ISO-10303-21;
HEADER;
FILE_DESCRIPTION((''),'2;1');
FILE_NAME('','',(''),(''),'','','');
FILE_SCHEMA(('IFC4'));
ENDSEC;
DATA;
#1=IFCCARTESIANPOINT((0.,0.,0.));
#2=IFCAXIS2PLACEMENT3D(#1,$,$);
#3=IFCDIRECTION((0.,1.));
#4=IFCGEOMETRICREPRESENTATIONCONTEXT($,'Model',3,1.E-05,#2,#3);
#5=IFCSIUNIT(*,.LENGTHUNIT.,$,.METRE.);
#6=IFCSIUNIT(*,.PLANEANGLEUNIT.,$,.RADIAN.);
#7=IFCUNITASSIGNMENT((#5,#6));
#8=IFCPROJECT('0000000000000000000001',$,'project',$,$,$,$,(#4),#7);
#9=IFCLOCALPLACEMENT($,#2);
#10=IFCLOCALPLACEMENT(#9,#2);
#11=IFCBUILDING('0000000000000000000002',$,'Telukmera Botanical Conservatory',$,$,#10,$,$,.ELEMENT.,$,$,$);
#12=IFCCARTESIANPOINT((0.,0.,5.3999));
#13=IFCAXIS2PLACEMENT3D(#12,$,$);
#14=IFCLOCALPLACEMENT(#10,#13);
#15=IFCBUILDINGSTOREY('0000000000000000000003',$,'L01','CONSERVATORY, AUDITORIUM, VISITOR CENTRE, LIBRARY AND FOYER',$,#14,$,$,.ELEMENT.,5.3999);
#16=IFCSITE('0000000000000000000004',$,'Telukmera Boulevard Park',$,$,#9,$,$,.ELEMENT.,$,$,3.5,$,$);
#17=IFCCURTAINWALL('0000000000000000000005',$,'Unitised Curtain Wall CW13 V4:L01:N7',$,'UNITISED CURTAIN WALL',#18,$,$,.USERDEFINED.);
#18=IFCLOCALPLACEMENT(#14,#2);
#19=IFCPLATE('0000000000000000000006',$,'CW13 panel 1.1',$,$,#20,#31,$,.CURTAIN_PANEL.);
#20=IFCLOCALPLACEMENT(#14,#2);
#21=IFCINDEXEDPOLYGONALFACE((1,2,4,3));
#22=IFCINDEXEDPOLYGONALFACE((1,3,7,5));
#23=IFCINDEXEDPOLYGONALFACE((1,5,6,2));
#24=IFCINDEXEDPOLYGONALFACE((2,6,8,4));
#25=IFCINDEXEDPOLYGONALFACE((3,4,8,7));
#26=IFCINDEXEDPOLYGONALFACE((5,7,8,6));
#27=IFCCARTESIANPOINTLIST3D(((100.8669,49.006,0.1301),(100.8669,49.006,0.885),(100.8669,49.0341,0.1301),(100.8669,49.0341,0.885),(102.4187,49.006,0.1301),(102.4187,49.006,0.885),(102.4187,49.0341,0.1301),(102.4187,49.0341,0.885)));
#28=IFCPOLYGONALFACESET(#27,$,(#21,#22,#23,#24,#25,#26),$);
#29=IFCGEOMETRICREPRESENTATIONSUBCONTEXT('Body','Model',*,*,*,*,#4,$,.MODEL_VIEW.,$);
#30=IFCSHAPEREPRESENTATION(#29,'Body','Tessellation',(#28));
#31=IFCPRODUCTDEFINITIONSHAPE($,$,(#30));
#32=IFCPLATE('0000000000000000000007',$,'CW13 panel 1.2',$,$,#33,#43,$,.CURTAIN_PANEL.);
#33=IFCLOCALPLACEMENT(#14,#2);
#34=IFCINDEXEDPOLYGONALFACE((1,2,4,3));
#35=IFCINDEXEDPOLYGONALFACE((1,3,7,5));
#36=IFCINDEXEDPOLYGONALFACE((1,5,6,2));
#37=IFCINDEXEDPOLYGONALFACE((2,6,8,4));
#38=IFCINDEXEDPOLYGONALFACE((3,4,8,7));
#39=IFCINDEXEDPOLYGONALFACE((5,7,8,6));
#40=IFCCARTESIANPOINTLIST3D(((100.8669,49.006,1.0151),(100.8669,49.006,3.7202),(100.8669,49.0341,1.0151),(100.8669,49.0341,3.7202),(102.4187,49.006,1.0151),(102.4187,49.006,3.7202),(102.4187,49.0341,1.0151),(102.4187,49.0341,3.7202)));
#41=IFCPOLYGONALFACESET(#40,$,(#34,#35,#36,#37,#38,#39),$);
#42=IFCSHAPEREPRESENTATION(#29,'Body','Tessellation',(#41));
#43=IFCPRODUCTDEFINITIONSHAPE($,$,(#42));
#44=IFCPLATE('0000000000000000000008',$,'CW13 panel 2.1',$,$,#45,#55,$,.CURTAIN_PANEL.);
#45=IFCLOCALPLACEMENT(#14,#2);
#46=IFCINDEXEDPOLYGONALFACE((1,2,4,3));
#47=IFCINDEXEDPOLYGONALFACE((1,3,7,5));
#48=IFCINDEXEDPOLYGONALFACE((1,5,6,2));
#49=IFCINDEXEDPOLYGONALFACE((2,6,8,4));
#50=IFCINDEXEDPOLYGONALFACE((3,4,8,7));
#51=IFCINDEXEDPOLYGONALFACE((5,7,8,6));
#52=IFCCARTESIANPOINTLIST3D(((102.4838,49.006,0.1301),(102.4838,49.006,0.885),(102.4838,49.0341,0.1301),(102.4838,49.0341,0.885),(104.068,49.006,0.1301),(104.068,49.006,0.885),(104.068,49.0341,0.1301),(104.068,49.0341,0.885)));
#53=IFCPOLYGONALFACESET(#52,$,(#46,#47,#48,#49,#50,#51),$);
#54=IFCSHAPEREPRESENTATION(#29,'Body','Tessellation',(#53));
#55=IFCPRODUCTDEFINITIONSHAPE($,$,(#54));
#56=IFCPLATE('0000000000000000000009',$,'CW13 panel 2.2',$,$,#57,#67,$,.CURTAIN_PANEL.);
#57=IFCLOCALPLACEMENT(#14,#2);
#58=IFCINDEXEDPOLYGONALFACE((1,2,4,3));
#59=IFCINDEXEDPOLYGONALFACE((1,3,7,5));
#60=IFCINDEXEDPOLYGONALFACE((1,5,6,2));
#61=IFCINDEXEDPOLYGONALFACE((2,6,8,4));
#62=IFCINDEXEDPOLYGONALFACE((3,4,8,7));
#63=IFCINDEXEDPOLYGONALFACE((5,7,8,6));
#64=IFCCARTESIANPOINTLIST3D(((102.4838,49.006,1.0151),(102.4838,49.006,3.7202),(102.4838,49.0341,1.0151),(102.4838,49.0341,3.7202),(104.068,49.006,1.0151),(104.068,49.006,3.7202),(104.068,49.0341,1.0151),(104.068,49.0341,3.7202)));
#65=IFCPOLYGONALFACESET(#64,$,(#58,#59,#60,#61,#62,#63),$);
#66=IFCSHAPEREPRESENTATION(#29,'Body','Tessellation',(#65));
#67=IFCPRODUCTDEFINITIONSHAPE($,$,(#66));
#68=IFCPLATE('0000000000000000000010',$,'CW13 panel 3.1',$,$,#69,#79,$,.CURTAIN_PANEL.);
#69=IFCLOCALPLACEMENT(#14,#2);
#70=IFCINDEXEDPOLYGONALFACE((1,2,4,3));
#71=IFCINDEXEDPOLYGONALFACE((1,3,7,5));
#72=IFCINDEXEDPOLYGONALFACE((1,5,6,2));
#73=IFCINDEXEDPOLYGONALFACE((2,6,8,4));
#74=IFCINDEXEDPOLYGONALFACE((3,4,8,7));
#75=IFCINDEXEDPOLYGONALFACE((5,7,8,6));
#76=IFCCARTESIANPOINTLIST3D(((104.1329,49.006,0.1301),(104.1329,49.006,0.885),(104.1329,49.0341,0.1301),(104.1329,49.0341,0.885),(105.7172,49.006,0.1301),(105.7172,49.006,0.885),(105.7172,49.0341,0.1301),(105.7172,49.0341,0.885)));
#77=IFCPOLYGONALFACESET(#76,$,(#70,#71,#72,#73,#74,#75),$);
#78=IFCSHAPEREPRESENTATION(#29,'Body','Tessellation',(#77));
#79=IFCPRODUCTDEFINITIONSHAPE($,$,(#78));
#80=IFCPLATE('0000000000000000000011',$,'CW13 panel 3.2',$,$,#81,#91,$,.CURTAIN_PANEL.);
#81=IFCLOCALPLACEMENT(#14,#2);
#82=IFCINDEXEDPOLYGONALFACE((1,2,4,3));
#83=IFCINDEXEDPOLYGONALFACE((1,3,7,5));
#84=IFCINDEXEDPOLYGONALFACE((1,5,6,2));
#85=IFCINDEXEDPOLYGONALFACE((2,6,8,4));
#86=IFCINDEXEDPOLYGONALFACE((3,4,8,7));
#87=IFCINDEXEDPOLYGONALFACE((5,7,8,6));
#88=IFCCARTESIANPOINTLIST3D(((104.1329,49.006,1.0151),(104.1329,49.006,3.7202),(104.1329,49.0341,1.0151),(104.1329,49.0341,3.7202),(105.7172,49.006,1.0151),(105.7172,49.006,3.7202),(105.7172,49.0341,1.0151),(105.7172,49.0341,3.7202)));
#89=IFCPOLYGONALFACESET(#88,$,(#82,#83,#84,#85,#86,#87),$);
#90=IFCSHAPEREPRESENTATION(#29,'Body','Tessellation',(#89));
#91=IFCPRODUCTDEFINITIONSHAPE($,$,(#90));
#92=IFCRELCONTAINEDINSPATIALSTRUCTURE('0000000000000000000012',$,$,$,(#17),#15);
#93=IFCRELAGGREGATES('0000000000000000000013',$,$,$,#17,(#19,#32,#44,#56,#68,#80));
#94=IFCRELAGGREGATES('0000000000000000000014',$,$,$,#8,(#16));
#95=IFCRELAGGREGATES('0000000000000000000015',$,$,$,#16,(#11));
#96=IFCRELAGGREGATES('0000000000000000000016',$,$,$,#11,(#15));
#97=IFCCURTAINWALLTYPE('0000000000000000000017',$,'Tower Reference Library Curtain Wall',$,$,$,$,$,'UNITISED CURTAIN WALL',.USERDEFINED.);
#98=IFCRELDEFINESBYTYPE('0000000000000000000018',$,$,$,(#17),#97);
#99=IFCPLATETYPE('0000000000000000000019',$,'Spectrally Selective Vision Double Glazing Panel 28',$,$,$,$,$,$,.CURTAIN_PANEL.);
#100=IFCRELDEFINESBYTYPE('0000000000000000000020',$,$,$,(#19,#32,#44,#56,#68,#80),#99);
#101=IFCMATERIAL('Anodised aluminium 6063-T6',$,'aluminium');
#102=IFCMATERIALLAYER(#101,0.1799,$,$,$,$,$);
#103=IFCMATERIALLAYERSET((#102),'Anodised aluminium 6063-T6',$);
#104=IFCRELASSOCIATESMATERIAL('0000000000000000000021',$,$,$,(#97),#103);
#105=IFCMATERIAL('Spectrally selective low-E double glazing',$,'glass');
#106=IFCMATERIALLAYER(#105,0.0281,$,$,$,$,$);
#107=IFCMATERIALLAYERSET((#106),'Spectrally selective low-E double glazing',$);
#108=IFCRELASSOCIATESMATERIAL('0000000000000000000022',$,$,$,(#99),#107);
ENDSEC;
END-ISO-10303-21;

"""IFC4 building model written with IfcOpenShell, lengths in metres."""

from ifc_helpers import new_model, si_unit, direction, frame, origin, origin_2d, place, context, subcontext, project, spatial, rectangle, extrude, material, layer, layer_set, type_object, element, aggregate, save


model = new_model("IFC4")

# Units and contexts
model_context = context("Model", 3, precision=1e-05, world=origin(), true_north=direction((0.0, 1.0)))
body_context = subcontext(model_context, "Body", "Model", "MODEL_VIEW")
ifc_project = project(units=[si_unit("LENGTHUNIT", "METRE"), si_unit("PLANEANGLEUNIT", "RADIAN")], contexts=[model_context])

# Site, building, storey
site_placement = place(None, origin())
site = spatial("IfcSite", under=ifc_project, at=site_placement, Name="Telukmera Boulevard Park", CompositionType="ELEMENT", RefElevation=3.5)
building_placement = place(site_placement, origin())
building = spatial("IfcBuilding", under=site, at=building_placement, Name="Telukmera Botanical Conservatory", CompositionType="ELEMENT")
storey_placement = place(building_placement, frame((0.0, 0.0, 5.3999)))
storey = spatial("IfcBuildingStorey", under=building, at=storey_placement, Name="L01", Description="CONSERVATORY, AUDITORIUM, VISITOR CENTRE, LIBRARY AND FOYER", CompositionType="ELEMENT", Elevation=5.3999)

# Curtain wall, plates
ifc_material_1 = material(Name="Anodised aluminium 6063-T6", Category="aluminium")
ifc_layer_1 = layer(ifc_material_1, 0.1799)
ifc_layer_set_1 = layer_set([ifc_layer_1], Name="Anodised aluminium 6063-T6")
curtain_wall_type = type_object("IfcCurtainWallType", Name="Tower Reference Library Curtain Wall", ElementType="UNITISED CURTAIN WALL", PredefinedType="USERDEFINED", material=ifc_layer_set_1)
curtain_wall_placement = place(storey_placement, origin())
curtain_wall = element("IfcCurtainWall", 1, at=curtain_wall_placement, inside=storey, type_object=curtain_wall_type, Name="Unitised Curtain Wall CW13 V4:L01:N7", ObjectType="UNITISED CURTAIN WALL", PredefinedType="USERDEFINED")
ifc_material_2 = material(Name="Spectrally selective low-E double glazing", Category="glass")
ifc_layer_2 = layer(ifc_material_2, 0.0281)
ifc_layer_set_2 = layer_set([ifc_layer_2], Name="Spectrally selective low-E double glazing")
plate_type = type_object("IfcPlateType", Name="Spectrally Selective Vision Double Glazing Panel 28", PredefinedType="CURTAIN_PANEL", material=ifc_layer_set_2)
plate_1_placement = place(storey_placement, frame((101.6428, 49.02, 0.1301), z_axis=(0.0, 0.0, 1.0), x_axis=(1.0, 0.0, 0.0)))
plate_1 = element("IfcPlate", 2, at=plate_1_placement, type_object=plate_type, Name="CW13 panel 1.1", PredefinedType="CURTAIN_PANEL", context=body_context, shape_type="SweptSolid", body=[
    extrude(rectangle(XDim=1.5518, YDim=0.0281, at=origin_2d()), origin(), (0.0, 0.0, 1.0), 0.7549),
])
plate_2_placement = place(storey_placement, frame((101.6428, 49.02, 1.0151), z_axis=(0.0, 0.0, 1.0), x_axis=(1.0, 0.0, 0.0)))
plate_2 = element("IfcPlate", 3, at=plate_2_placement, type_object=plate_type, Name="CW13 panel 1.2", PredefinedType="CURTAIN_PANEL", context=body_context, shape_type="SweptSolid", body=[
    extrude(rectangle(XDim=1.5518, YDim=0.0281, at=origin_2d()), origin(), (0.0, 0.0, 1.0), 2.7051),
])
plate_3_placement = place(storey_placement, frame((103.2759, 49.02, 0.1301), z_axis=(0.0, 0.0, 1.0), x_axis=(1.0, 0.0, 0.0)))
plate_3 = element("IfcPlate", 4, at=plate_3_placement, type_object=plate_type, Name="CW13 panel 2.1", PredefinedType="CURTAIN_PANEL", context=body_context, shape_type="SweptSolid", body=[
    extrude(rectangle(XDim=1.5842, YDim=0.0281, at=origin_2d()), origin(), (0.0, 0.0, 1.0), 0.7549),
])
plate_4_placement = place(storey_placement, frame((103.2759, 49.02, 1.0151), z_axis=(0.0, 0.0, 1.0), x_axis=(1.0, 0.0, 0.0)))
plate_4 = element("IfcPlate", 5, at=plate_4_placement, type_object=plate_type, Name="CW13 panel 2.2", PredefinedType="CURTAIN_PANEL", context=body_context, shape_type="SweptSolid", body=[
    extrude(rectangle(XDim=1.5842, YDim=0.0281, at=origin_2d()), origin(), (0.0, 0.0, 1.0), 2.7051),
])
plate_5_placement = place(storey_placement, frame((104.925, 49.02, 0.1301), z_axis=(0.0, 0.0, 1.0), x_axis=(1.0, 0.0, 0.0)))
plate_5 = element("IfcPlate", 6, at=plate_5_placement, type_object=plate_type, Name="CW13 panel 3.1", PredefinedType="CURTAIN_PANEL", context=body_context, shape_type="SweptSolid", body=[
    extrude(rectangle(XDim=1.5842, YDim=0.0281, at=origin_2d()), origin(), (0.0, 0.0, 1.0), 0.7549),
])
plate_6_placement = place(storey_placement, frame((104.925, 49.02, 1.0151), z_axis=(0.0, 0.0, 1.0), x_axis=(1.0, 0.0, 0.0)))
plate_6 = element("IfcPlate", 7, at=plate_6_placement, type_object=plate_type, Name="CW13 panel 3.2", PredefinedType="CURTAIN_PANEL", context=body_context, shape_type="SweptSolid", body=[
    extrude(rectangle(XDim=1.5842, YDim=0.0281, at=origin_2d()), origin(), (0.0, 0.0, 1.0), 2.7051),
])
aggregate(curtain_wall, [plate_1, plate_2, plate_3, plate_4, plate_5, plate_6])

save(model, "model.ifc")
